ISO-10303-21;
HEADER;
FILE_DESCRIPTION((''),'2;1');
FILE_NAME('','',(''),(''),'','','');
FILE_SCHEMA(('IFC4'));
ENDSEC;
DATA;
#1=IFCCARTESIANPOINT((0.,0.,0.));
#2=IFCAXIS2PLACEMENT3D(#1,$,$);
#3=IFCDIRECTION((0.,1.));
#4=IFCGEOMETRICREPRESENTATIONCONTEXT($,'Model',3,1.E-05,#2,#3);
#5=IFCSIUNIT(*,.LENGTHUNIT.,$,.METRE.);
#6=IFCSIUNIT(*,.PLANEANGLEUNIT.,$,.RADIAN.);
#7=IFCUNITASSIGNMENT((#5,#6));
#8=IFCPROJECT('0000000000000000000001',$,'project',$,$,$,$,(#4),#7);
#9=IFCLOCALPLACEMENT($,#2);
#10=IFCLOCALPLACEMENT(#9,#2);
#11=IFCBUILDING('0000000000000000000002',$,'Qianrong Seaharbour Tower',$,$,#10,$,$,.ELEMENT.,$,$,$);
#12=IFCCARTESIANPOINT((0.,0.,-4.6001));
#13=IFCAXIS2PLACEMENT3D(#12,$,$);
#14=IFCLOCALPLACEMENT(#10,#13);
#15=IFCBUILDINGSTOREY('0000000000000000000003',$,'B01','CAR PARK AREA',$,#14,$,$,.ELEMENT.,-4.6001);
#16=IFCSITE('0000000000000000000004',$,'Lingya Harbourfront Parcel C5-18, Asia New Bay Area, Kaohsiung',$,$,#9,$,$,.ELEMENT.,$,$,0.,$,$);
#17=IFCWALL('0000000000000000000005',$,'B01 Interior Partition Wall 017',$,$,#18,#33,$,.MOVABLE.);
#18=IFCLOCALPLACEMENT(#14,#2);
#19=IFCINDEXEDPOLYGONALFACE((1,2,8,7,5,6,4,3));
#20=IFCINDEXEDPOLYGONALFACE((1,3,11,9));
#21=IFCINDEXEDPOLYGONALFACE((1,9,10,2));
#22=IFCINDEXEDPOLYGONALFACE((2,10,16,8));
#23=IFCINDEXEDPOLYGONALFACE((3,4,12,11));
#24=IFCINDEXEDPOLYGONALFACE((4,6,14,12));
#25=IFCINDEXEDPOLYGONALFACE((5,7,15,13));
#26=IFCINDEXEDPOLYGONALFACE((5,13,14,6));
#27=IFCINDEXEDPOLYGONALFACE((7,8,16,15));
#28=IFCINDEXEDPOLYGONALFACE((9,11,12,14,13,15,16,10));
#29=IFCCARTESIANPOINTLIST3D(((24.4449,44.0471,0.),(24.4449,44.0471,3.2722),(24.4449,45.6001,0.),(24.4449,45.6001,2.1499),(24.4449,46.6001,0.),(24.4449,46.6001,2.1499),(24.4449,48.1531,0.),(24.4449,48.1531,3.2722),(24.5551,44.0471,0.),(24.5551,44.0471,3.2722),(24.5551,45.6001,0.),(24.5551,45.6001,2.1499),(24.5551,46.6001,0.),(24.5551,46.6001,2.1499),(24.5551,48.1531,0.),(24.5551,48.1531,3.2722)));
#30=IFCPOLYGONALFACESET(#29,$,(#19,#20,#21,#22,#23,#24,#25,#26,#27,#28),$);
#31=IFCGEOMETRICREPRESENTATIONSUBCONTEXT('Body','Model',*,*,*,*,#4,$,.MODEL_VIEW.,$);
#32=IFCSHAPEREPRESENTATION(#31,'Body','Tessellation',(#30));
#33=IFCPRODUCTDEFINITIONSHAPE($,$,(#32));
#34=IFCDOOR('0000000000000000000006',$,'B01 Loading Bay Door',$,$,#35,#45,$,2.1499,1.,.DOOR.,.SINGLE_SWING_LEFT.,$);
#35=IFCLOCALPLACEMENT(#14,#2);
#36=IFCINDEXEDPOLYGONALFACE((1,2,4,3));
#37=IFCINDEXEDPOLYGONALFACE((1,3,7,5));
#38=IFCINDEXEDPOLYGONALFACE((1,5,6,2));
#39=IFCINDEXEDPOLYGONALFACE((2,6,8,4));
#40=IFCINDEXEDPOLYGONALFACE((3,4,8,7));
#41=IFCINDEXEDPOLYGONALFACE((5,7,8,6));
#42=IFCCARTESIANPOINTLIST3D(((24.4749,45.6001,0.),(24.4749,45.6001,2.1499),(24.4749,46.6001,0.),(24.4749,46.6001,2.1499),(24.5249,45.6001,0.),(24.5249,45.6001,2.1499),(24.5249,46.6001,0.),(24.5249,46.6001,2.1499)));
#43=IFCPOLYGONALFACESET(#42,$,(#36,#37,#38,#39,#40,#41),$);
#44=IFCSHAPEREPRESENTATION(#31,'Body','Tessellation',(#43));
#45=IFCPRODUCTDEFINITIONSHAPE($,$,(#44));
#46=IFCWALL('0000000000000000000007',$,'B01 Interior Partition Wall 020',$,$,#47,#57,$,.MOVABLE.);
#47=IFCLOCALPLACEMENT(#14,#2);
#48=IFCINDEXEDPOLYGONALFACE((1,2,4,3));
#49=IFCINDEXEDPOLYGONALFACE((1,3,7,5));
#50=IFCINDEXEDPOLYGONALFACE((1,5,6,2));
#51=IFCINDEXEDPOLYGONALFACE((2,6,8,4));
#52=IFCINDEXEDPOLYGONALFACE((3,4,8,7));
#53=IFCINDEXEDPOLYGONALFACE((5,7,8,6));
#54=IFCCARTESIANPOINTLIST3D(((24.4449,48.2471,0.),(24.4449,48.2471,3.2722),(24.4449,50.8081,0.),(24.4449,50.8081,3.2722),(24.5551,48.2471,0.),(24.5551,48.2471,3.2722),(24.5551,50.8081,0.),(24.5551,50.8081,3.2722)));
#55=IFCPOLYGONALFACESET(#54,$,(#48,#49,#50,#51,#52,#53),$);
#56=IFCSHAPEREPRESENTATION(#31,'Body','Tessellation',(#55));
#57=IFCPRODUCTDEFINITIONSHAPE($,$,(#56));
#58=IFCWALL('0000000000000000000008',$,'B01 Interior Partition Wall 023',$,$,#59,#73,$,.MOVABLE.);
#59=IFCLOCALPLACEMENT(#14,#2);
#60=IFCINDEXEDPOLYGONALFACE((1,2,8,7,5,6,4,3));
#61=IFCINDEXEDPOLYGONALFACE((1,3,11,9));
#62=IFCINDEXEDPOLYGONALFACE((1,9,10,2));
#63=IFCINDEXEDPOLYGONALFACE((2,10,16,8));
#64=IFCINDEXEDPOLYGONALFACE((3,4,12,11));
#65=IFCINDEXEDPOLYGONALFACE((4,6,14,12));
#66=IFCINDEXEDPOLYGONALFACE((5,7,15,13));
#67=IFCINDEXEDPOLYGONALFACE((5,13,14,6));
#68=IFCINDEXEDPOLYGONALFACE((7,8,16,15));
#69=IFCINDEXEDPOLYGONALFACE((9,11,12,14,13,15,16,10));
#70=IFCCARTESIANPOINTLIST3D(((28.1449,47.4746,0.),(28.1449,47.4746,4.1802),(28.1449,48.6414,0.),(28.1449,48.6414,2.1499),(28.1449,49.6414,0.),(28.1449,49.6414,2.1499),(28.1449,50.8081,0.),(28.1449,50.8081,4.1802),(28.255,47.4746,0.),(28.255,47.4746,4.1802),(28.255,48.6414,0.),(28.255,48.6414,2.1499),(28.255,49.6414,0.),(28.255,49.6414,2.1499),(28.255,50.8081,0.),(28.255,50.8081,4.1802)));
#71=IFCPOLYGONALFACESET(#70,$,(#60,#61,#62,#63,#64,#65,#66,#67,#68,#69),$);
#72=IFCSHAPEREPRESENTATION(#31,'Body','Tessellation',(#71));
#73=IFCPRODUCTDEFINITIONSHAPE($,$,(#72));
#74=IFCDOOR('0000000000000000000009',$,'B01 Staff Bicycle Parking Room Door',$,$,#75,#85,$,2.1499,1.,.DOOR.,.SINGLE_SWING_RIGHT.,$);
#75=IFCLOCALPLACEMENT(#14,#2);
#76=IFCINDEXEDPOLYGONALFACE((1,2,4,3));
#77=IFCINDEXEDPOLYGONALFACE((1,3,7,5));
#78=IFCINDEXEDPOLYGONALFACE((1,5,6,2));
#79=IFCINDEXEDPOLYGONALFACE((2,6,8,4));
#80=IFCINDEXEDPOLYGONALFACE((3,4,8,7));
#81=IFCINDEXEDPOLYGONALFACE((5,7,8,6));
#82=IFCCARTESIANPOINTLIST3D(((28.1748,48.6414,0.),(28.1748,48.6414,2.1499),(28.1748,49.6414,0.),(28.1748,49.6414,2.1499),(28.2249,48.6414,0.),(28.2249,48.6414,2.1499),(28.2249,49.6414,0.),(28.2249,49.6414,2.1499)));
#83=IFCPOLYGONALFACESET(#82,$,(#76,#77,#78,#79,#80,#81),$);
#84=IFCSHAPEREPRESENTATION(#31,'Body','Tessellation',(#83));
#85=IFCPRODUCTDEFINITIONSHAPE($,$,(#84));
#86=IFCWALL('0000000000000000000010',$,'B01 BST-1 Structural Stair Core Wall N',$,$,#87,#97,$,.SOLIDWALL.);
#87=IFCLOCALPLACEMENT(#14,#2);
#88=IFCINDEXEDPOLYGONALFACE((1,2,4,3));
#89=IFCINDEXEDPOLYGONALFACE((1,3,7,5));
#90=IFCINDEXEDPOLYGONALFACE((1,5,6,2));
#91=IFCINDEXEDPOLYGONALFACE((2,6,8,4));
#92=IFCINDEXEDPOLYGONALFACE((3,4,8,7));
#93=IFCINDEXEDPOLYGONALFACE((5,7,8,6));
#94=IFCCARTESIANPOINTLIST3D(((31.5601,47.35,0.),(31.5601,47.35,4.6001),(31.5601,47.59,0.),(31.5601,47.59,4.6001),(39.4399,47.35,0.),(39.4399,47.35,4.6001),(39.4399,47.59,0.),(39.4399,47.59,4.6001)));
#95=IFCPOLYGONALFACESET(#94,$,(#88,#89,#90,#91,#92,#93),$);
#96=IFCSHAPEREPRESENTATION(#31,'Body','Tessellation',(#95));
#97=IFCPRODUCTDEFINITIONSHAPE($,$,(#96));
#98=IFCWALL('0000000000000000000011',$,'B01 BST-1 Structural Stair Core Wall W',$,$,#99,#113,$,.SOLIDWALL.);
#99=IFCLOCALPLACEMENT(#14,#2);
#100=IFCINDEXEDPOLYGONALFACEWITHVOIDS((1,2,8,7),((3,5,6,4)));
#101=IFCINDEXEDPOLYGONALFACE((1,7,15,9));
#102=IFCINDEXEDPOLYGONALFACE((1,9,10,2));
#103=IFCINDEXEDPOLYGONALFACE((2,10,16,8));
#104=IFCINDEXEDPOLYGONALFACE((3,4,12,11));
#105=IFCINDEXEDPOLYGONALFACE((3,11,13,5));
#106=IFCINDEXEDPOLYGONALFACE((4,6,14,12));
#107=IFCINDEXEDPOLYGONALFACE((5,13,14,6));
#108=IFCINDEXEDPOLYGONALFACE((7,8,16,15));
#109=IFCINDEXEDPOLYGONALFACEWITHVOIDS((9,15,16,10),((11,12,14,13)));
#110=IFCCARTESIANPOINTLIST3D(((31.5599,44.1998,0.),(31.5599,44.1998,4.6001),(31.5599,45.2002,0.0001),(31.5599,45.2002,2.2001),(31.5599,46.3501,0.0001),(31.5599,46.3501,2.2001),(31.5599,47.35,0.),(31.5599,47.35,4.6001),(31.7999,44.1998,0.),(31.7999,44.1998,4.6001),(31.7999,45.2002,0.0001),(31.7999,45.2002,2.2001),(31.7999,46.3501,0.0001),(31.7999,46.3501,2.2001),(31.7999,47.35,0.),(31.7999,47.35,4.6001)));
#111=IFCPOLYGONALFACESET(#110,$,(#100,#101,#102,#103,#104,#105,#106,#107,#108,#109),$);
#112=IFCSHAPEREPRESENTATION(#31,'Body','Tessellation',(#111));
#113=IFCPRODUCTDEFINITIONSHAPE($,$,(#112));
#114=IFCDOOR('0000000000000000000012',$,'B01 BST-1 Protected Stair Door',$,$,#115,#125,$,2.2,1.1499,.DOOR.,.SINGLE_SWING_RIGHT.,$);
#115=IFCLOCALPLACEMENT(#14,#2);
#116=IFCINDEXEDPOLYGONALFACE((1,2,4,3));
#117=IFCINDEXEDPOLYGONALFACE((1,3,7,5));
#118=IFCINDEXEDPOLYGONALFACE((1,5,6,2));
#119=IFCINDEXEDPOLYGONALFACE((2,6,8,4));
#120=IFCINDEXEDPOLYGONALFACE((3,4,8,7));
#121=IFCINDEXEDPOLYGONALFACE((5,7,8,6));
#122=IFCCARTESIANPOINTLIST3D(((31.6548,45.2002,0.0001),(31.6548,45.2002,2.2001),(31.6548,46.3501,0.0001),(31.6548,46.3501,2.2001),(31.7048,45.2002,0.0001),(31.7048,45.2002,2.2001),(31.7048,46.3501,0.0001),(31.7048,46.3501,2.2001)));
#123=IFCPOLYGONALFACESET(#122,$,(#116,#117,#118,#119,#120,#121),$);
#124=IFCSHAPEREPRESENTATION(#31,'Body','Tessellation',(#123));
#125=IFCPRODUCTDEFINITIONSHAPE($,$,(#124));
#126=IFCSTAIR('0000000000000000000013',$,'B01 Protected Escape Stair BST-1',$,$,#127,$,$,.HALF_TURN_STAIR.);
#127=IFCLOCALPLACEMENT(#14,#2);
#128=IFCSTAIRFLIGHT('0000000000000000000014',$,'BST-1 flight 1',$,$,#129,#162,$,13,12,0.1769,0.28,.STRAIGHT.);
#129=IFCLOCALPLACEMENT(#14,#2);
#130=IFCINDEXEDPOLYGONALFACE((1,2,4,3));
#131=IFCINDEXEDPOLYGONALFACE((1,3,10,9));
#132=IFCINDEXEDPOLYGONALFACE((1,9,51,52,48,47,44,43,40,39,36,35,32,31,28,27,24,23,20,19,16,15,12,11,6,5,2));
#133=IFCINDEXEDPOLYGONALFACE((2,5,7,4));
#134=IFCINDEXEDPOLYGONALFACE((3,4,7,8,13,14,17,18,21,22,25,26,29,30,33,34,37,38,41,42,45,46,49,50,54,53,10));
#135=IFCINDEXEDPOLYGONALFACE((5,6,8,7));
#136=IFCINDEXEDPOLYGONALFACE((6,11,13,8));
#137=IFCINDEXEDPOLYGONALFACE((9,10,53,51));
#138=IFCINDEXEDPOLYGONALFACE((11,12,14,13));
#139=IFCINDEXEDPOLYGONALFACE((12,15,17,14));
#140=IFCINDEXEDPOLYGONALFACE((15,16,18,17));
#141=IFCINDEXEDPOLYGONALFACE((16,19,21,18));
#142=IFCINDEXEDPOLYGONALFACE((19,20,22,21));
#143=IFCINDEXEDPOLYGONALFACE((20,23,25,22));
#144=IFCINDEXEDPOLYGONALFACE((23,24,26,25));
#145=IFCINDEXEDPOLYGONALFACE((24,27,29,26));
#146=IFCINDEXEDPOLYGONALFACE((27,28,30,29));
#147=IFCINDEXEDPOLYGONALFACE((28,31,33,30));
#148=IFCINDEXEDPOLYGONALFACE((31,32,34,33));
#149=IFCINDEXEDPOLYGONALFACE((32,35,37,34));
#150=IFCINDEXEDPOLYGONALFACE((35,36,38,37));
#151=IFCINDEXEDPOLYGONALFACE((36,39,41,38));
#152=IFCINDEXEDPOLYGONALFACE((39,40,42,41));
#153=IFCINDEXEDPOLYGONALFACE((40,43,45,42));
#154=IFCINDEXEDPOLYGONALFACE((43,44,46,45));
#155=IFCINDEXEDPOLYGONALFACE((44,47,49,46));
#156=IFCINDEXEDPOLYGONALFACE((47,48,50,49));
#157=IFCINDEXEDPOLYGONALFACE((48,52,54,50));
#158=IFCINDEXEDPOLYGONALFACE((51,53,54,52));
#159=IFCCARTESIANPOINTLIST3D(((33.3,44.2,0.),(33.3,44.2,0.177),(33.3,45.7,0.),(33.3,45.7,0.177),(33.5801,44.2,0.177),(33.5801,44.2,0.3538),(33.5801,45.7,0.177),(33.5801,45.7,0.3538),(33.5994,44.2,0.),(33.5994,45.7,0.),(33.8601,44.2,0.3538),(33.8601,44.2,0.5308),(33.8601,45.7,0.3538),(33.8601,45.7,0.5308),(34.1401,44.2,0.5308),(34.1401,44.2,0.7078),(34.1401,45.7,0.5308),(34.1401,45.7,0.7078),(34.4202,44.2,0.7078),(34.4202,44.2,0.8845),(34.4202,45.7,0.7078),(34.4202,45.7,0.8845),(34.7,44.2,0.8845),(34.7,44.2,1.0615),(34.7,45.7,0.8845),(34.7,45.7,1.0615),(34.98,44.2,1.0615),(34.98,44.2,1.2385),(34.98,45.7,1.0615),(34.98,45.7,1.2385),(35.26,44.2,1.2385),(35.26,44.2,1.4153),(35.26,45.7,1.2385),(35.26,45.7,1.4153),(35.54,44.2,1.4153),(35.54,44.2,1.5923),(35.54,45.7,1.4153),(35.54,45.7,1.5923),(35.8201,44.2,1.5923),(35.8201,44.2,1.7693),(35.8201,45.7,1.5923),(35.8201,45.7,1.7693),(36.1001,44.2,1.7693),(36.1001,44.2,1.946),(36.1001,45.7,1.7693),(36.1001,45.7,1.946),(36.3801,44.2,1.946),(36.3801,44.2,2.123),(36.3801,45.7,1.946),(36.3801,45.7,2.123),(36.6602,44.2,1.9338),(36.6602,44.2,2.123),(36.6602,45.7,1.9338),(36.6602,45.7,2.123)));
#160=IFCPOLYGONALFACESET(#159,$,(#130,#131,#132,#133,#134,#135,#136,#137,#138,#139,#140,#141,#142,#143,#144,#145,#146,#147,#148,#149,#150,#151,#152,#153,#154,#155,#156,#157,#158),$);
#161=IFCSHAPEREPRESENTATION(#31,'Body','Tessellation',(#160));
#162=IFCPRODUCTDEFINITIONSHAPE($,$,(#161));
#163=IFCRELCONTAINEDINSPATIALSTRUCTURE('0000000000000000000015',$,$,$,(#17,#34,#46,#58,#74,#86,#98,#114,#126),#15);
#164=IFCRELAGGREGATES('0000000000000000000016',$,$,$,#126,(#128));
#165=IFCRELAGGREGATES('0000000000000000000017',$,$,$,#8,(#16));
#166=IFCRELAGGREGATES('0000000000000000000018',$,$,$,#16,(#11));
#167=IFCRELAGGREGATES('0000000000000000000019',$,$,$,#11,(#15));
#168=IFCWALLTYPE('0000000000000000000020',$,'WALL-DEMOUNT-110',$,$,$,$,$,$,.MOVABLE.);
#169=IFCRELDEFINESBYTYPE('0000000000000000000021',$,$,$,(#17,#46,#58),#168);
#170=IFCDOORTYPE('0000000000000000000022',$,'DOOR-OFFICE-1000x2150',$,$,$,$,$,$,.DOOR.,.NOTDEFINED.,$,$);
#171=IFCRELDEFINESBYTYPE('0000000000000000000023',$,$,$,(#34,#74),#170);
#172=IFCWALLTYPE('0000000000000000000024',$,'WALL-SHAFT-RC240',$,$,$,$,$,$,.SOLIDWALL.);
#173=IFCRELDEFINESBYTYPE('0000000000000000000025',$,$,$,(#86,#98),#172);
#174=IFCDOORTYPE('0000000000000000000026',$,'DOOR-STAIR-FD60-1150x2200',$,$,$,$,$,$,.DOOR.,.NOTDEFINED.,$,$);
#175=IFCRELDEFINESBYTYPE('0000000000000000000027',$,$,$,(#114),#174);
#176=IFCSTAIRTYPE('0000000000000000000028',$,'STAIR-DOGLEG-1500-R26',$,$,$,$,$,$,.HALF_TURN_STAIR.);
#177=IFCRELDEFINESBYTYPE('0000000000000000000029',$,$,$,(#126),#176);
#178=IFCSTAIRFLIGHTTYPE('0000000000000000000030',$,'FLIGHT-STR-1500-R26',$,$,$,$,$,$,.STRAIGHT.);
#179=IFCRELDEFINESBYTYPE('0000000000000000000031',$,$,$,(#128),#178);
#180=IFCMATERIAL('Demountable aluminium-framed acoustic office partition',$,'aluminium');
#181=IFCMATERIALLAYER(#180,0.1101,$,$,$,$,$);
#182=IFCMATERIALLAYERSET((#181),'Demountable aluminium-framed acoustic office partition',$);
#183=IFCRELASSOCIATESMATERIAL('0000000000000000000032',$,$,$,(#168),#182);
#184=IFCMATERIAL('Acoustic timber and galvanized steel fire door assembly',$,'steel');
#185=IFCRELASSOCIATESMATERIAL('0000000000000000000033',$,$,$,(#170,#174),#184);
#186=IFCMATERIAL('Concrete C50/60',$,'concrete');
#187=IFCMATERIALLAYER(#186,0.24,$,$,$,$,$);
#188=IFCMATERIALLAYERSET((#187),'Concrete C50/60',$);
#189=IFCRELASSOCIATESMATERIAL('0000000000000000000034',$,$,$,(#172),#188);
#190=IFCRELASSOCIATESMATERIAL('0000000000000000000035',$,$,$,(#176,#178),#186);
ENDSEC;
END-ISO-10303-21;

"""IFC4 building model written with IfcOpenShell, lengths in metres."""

from ifc_helpers import new_model, si_unit, direction, frame, frame_2d, origin, place, context, subcontext, project, spatial, polyline, rectangle, outline, extrude, material, layer, layer_set, type_object, element, fill, aggregate, save


model = new_model("IFC4")

# Units and contexts
model_context = context("Model", 3, precision=1e-05, world=origin(), true_north=direction((0.0, 1.0)))
body_context = subcontext(model_context, "Body", "Model", "MODEL_VIEW")
ifc_project = project(units=[si_unit("LENGTHUNIT", "METRE"), si_unit("PLANEANGLEUNIT", "RADIAN")], contexts=[model_context])

# Site, building, storey
site_placement = place(None, origin())
site = spatial("IfcSite", under=ifc_project, at=site_placement, Name="Lingya Harbourfront Parcel C5-18, Asia New Bay Area, Kaohsiung", CompositionType="ELEMENT", RefElevation=0.0)
building_placement = place(site_placement, origin())
building = spatial("IfcBuilding", under=site, at=building_placement, Name="Qianrong Seaharbour Tower", CompositionType="ELEMENT")
storey_placement = place(building_placement, frame((0.0, 0.0, -4.6001)))
storey = spatial("IfcBuildingStorey", under=building, at=storey_placement, Name="B01", Description="CAR PARK AREA", CompositionType="ELEMENT", Elevation=-4.6001)

# Shared definitions
ifc_material_1 = material(Name="Concrete C50/60", Category="concrete")

# Wall, opening, door
ifc_material_2 = material(Name="Acoustic timber and galvanized steel fire door assembly", Category="steel")
ifc_material_3 = material(Name="Demountable aluminium-framed acoustic office partition", Category="aluminium")
ifc_layer_1 = layer(ifc_material_3, 0.1101)
ifc_layer_set_1 = layer_set([ifc_layer_1], Name="Demountable aluminium-framed acoustic office partition")
wall_type_1 = type_object("IfcWallType", Name="WALL-DEMOUNT-110", PredefinedType="MOVABLE", material=ifc_layer_set_1)
wall_1_placement = place(storey_placement, frame((24.5, 48.1531, 0.0), z_axis=(0.0, 0.0, 1.0), x_axis=(0.0, -1.0, 0.0)))
wall_1 = element("IfcWall", 1, at=wall_1_placement, inside=storey, type_object=wall_type_1, Name="B01 Interior Partition Wall 017", PredefinedType="MOVABLE", context=body_context, shape_type="SweptSolid", body=[
    extrude(rectangle(XDim=4.106, YDim=0.1101, at=frame_2d((2.053, 0.0))), origin(), (0.0, 0.0, 1.0), 3.2722),
])
opening_1_placement = place(wall_1_placement, frame((1.553, 0.0, 0.0)))
opening_1 = element("IfcOpeningElement", 2, at=opening_1_placement, cuts=wall_1, PredefinedType="OPENING", context=body_context, shape_type="SweptSolid", body=[
    extrude(rectangle(XDim=1.0, YDim=2.1499, at=frame_2d((0.5, 1.075))), frame((0.0, 0.0649, 0.0), z_axis=(0.0, -1.0, 0.0), x_axis=(1.0, 0.0, 0.0)), (0.0, 0.0, 1.0), 0.1301),
])
door_type_1 = type_object("IfcDoorType", Name="DOOR-OFFICE-1000x2150", OperationType="NOTDEFINED", PredefinedType="DOOR", material=ifc_material_2)
door_1_placement = place(opening_1_placement, origin())
door_1 = element("IfcDoor", 3, at=door_1_placement, inside=storey, type_object=door_type_1, Name="B01 Loading Bay Door", OperationType="SINGLE_SWING_LEFT", OverallHeight=2.1499, OverallWidth=1.0, PredefinedType="DOOR", context=body_context, shape_type="SweptSolid", body=[
    extrude(rectangle(XDim=1.0, YDim=2.1499, at=frame_2d((0.5, 1.075))), frame((0.0, 0.0249, 0.0), z_axis=(0.0, -1.0, 0.0), x_axis=(1.0, 0.0, 0.0)), (0.0, 0.0, 1.0), 0.05),
])
fill(opening_1, door_1)

# Wall
wall_2_placement = place(storey_placement, frame((24.5, 50.8081, 0.0), z_axis=(0.0, 0.0, 1.0), x_axis=(0.0, -1.0, 0.0)))
element("IfcWall", 4, at=wall_2_placement, inside=storey, type_object=wall_type_1, Name="B01 Interior Partition Wall 020", PredefinedType="MOVABLE", context=body_context, shape_type="SweptSolid", body=[
    extrude(rectangle(XDim=2.561, YDim=0.1101, at=frame_2d((1.2805, 0.0))), origin(), (0.0, 0.0, 1.0), 3.2722),
])

# Wall, opening, door
wall_3_placement = place(storey_placement, frame((28.2, 50.8081, 0.0), z_axis=(0.0, 0.0, 1.0), x_axis=(0.0, -1.0, 0.0)))
wall_3 = element("IfcWall", 5, at=wall_3_placement, inside=storey, type_object=wall_type_1, Name="B01 Interior Partition Wall 023", PredefinedType="MOVABLE", context=body_context, shape_type="SweptSolid", body=[
    extrude(rectangle(XDim=3.3335, YDim=0.1101, at=frame_2d((1.6667, 0.0))), origin(), (0.0, 0.0, 1.0), 4.1802),
])
opening_2_placement = place(wall_3_placement, frame((1.1667, 0.0, 0.0)))
opening_2 = element("IfcOpeningElement", 6, at=opening_2_placement, cuts=wall_3, PredefinedType="OPENING", context=body_context, shape_type="SweptSolid", body=[
    extrude(rectangle(XDim=1.0, YDim=2.1499, at=frame_2d((0.5, 1.075))), frame((0.0, 0.0649, 0.0), z_axis=(0.0, -1.0, 0.0), x_axis=(1.0, 0.0, 0.0)), (0.0, 0.0, 1.0), 0.1301),
])
door_2_placement = place(opening_2_placement, origin())
door_2 = element("IfcDoor", 7, at=door_2_placement, inside=storey, type_object=door_type_1, Name="B01 Staff Bicycle Parking Room Door", OperationType="SINGLE_SWING_RIGHT", OverallHeight=2.1499, OverallWidth=1.0, PredefinedType="DOOR", context=body_context, shape_type="SweptSolid", body=[
    extrude(rectangle(XDim=1.0, YDim=2.1499, at=frame_2d((0.5, 1.075))), frame((0.0, 0.0249, 0.0), z_axis=(0.0, -1.0, 0.0), x_axis=(1.0, 0.0, 0.0)), (0.0, 0.0, 1.0), 0.05),
])
fill(opening_2, door_2)

# Wall
ifc_layer_2 = layer(ifc_material_1, 0.24)
ifc_layer_set_2 = layer_set([ifc_layer_2], Name="Concrete C50/60")
wall_type_2 = type_object("IfcWallType", Name="WALL-SHAFT-RC240", PredefinedType="SOLIDWALL", material=ifc_layer_set_2)
wall_4_placement = place(storey_placement, frame((31.5601, 47.47, 0.0), z_axis=(0.0, 0.0, 1.0), x_axis=(1.0, 0.0, 0.0)))
element("IfcWall", 8, at=wall_4_placement, inside=storey, type_object=wall_type_2, Name="B01 BST-1 Structural Stair Core Wall N", PredefinedType="SOLIDWALL", context=body_context, shape_type="SweptSolid", body=[
    extrude(rectangle(XDim=7.8799, YDim=0.24, at=frame_2d((3.9399, 0.0))), origin(), (0.0, 0.0, 1.0), 4.6001),
])

# Wall, opening, door
wall_5_placement = place(storey_placement, frame((31.6799, 47.3501, 0.0), z_axis=(0.0, 0.0, 1.0), x_axis=(0.0, -1.0, 0.0)))
wall_5 = element("IfcWall", 9, at=wall_5_placement, inside=storey, type_object=wall_type_2, Name="B01 BST-1 Structural Stair Core Wall W", PredefinedType="SOLIDWALL", context=body_context, shape_type="SweptSolid", body=[
    extrude(rectangle(XDim=3.1501, YDim=0.24, at=frame_2d((1.5752, 0.0))), origin(), (0.0, 0.0, 1.0), 4.6001),
])
opening_3_placement = place(wall_5_placement, frame((1.0, 0.0, 0.0)))
opening_3 = element("IfcOpeningElement", 10, at=opening_3_placement, cuts=wall_5, PredefinedType="OPENING", context=body_context, shape_type="SweptSolid", body=[
    extrude(rectangle(XDim=1.1499, YDim=2.2, at=frame_2d((0.575, 1.1001))), frame((0.0, 0.1299, 0.0), z_axis=(0.0, -1.0, 0.0), x_axis=(1.0, 0.0, 0.0)), (0.0, 0.0, 1.0), 0.26),
])
door_type_2 = type_object("IfcDoorType", Name="DOOR-STAIR-FD60-1150x2200", OperationType="NOTDEFINED", PredefinedType="DOOR", material=ifc_material_2)
door_3_placement = place(opening_3_placement, origin())
door_3 = element("IfcDoor", 11, at=door_3_placement, inside=storey, type_object=door_type_2, Name="B01 BST-1 Protected Stair Door", OperationType="SINGLE_SWING_RIGHT", OverallHeight=2.2, OverallWidth=1.1499, PredefinedType="DOOR", context=body_context, shape_type="SweptSolid", body=[
    extrude(rectangle(XDim=1.1499, YDim=2.2, at=frame_2d((0.575, 1.1001))), frame((0.0, 0.0249, 0.0), z_axis=(0.0, -1.0, 0.0), x_axis=(1.0, 0.0, 0.0)), (0.0, 0.0, 1.0), 0.05),
])
fill(opening_3, door_3)

# Stair, stair flight
stair_type = type_object("IfcStairType", Name="STAIR-DOGLEG-1500-R26", PredefinedType="HALF_TURN_STAIR", material=ifc_material_1)
stair_placement = place(storey_placement, origin())
stair = element("IfcStair", 12, at=stair_placement, inside=storey, type_object=stair_type, Name="B01 Protected Escape Stair BST-1", PredefinedType="HALF_TURN_STAIR")
stair_flight_type = type_object("IfcStairFlightType", Name="FLIGHT-STR-1500-R26", PredefinedType="STRAIGHT", material=ifc_material_1)
stair_flight_1_placement = place(storey_placement, frame((33.3, 44.95, 0.0), z_axis=(0.0, 0.0, 1.0), x_axis=(1.0, 0.0, 0.0)))
stair_flight_1 = element("IfcStairFlight", 13, at=stair_flight_1_placement, type_object=stair_flight_type, Name="BST-1 flight 1", NumberOfRisers=13, NumberOfTreads=12, PredefinedType="STRAIGHT", RiserHeight=0.1769, TreadLength=0.28, context=body_context, shape_type="SweptSolid", body=[
    extrude(outline(polyline([(0.0, 0.0), (0.0, 0.177), (0.28, 0.177), (0.28, 0.3538), (0.5601, 0.3538), (0.5601, 0.5308), (0.8401, 0.5308), (0.8401, 0.7078), (1.1201, 0.7078), (1.1201, 0.8845), (1.3999, 0.8845), (1.3999, 1.0615), (1.6799, 1.0615), (1.6799, 1.2385), (1.96, 1.2385), (1.96, 1.4153), (2.24, 1.4153), (2.24, 1.5923), (2.52, 1.5923), (2.52, 1.7693), (2.8, 1.7693), (2.8, 1.946), (3.0801, 1.946), (3.0801, 2.123), (3.3601, 2.123), (3.3601, 2.3), (3.3601, 1.9338), (0.2993, 0.0), (0.0, 0.0)])), frame((0.0, 0.75, 0.0), z_axis=(0.0, -1.0, 0.0), x_axis=(1.0, 0.0, 0.0)), (0.0, 0.0, 1.0), 1.5),
])
aggregate(stair, [stair_flight_1])

save(model, "model.ifc")
